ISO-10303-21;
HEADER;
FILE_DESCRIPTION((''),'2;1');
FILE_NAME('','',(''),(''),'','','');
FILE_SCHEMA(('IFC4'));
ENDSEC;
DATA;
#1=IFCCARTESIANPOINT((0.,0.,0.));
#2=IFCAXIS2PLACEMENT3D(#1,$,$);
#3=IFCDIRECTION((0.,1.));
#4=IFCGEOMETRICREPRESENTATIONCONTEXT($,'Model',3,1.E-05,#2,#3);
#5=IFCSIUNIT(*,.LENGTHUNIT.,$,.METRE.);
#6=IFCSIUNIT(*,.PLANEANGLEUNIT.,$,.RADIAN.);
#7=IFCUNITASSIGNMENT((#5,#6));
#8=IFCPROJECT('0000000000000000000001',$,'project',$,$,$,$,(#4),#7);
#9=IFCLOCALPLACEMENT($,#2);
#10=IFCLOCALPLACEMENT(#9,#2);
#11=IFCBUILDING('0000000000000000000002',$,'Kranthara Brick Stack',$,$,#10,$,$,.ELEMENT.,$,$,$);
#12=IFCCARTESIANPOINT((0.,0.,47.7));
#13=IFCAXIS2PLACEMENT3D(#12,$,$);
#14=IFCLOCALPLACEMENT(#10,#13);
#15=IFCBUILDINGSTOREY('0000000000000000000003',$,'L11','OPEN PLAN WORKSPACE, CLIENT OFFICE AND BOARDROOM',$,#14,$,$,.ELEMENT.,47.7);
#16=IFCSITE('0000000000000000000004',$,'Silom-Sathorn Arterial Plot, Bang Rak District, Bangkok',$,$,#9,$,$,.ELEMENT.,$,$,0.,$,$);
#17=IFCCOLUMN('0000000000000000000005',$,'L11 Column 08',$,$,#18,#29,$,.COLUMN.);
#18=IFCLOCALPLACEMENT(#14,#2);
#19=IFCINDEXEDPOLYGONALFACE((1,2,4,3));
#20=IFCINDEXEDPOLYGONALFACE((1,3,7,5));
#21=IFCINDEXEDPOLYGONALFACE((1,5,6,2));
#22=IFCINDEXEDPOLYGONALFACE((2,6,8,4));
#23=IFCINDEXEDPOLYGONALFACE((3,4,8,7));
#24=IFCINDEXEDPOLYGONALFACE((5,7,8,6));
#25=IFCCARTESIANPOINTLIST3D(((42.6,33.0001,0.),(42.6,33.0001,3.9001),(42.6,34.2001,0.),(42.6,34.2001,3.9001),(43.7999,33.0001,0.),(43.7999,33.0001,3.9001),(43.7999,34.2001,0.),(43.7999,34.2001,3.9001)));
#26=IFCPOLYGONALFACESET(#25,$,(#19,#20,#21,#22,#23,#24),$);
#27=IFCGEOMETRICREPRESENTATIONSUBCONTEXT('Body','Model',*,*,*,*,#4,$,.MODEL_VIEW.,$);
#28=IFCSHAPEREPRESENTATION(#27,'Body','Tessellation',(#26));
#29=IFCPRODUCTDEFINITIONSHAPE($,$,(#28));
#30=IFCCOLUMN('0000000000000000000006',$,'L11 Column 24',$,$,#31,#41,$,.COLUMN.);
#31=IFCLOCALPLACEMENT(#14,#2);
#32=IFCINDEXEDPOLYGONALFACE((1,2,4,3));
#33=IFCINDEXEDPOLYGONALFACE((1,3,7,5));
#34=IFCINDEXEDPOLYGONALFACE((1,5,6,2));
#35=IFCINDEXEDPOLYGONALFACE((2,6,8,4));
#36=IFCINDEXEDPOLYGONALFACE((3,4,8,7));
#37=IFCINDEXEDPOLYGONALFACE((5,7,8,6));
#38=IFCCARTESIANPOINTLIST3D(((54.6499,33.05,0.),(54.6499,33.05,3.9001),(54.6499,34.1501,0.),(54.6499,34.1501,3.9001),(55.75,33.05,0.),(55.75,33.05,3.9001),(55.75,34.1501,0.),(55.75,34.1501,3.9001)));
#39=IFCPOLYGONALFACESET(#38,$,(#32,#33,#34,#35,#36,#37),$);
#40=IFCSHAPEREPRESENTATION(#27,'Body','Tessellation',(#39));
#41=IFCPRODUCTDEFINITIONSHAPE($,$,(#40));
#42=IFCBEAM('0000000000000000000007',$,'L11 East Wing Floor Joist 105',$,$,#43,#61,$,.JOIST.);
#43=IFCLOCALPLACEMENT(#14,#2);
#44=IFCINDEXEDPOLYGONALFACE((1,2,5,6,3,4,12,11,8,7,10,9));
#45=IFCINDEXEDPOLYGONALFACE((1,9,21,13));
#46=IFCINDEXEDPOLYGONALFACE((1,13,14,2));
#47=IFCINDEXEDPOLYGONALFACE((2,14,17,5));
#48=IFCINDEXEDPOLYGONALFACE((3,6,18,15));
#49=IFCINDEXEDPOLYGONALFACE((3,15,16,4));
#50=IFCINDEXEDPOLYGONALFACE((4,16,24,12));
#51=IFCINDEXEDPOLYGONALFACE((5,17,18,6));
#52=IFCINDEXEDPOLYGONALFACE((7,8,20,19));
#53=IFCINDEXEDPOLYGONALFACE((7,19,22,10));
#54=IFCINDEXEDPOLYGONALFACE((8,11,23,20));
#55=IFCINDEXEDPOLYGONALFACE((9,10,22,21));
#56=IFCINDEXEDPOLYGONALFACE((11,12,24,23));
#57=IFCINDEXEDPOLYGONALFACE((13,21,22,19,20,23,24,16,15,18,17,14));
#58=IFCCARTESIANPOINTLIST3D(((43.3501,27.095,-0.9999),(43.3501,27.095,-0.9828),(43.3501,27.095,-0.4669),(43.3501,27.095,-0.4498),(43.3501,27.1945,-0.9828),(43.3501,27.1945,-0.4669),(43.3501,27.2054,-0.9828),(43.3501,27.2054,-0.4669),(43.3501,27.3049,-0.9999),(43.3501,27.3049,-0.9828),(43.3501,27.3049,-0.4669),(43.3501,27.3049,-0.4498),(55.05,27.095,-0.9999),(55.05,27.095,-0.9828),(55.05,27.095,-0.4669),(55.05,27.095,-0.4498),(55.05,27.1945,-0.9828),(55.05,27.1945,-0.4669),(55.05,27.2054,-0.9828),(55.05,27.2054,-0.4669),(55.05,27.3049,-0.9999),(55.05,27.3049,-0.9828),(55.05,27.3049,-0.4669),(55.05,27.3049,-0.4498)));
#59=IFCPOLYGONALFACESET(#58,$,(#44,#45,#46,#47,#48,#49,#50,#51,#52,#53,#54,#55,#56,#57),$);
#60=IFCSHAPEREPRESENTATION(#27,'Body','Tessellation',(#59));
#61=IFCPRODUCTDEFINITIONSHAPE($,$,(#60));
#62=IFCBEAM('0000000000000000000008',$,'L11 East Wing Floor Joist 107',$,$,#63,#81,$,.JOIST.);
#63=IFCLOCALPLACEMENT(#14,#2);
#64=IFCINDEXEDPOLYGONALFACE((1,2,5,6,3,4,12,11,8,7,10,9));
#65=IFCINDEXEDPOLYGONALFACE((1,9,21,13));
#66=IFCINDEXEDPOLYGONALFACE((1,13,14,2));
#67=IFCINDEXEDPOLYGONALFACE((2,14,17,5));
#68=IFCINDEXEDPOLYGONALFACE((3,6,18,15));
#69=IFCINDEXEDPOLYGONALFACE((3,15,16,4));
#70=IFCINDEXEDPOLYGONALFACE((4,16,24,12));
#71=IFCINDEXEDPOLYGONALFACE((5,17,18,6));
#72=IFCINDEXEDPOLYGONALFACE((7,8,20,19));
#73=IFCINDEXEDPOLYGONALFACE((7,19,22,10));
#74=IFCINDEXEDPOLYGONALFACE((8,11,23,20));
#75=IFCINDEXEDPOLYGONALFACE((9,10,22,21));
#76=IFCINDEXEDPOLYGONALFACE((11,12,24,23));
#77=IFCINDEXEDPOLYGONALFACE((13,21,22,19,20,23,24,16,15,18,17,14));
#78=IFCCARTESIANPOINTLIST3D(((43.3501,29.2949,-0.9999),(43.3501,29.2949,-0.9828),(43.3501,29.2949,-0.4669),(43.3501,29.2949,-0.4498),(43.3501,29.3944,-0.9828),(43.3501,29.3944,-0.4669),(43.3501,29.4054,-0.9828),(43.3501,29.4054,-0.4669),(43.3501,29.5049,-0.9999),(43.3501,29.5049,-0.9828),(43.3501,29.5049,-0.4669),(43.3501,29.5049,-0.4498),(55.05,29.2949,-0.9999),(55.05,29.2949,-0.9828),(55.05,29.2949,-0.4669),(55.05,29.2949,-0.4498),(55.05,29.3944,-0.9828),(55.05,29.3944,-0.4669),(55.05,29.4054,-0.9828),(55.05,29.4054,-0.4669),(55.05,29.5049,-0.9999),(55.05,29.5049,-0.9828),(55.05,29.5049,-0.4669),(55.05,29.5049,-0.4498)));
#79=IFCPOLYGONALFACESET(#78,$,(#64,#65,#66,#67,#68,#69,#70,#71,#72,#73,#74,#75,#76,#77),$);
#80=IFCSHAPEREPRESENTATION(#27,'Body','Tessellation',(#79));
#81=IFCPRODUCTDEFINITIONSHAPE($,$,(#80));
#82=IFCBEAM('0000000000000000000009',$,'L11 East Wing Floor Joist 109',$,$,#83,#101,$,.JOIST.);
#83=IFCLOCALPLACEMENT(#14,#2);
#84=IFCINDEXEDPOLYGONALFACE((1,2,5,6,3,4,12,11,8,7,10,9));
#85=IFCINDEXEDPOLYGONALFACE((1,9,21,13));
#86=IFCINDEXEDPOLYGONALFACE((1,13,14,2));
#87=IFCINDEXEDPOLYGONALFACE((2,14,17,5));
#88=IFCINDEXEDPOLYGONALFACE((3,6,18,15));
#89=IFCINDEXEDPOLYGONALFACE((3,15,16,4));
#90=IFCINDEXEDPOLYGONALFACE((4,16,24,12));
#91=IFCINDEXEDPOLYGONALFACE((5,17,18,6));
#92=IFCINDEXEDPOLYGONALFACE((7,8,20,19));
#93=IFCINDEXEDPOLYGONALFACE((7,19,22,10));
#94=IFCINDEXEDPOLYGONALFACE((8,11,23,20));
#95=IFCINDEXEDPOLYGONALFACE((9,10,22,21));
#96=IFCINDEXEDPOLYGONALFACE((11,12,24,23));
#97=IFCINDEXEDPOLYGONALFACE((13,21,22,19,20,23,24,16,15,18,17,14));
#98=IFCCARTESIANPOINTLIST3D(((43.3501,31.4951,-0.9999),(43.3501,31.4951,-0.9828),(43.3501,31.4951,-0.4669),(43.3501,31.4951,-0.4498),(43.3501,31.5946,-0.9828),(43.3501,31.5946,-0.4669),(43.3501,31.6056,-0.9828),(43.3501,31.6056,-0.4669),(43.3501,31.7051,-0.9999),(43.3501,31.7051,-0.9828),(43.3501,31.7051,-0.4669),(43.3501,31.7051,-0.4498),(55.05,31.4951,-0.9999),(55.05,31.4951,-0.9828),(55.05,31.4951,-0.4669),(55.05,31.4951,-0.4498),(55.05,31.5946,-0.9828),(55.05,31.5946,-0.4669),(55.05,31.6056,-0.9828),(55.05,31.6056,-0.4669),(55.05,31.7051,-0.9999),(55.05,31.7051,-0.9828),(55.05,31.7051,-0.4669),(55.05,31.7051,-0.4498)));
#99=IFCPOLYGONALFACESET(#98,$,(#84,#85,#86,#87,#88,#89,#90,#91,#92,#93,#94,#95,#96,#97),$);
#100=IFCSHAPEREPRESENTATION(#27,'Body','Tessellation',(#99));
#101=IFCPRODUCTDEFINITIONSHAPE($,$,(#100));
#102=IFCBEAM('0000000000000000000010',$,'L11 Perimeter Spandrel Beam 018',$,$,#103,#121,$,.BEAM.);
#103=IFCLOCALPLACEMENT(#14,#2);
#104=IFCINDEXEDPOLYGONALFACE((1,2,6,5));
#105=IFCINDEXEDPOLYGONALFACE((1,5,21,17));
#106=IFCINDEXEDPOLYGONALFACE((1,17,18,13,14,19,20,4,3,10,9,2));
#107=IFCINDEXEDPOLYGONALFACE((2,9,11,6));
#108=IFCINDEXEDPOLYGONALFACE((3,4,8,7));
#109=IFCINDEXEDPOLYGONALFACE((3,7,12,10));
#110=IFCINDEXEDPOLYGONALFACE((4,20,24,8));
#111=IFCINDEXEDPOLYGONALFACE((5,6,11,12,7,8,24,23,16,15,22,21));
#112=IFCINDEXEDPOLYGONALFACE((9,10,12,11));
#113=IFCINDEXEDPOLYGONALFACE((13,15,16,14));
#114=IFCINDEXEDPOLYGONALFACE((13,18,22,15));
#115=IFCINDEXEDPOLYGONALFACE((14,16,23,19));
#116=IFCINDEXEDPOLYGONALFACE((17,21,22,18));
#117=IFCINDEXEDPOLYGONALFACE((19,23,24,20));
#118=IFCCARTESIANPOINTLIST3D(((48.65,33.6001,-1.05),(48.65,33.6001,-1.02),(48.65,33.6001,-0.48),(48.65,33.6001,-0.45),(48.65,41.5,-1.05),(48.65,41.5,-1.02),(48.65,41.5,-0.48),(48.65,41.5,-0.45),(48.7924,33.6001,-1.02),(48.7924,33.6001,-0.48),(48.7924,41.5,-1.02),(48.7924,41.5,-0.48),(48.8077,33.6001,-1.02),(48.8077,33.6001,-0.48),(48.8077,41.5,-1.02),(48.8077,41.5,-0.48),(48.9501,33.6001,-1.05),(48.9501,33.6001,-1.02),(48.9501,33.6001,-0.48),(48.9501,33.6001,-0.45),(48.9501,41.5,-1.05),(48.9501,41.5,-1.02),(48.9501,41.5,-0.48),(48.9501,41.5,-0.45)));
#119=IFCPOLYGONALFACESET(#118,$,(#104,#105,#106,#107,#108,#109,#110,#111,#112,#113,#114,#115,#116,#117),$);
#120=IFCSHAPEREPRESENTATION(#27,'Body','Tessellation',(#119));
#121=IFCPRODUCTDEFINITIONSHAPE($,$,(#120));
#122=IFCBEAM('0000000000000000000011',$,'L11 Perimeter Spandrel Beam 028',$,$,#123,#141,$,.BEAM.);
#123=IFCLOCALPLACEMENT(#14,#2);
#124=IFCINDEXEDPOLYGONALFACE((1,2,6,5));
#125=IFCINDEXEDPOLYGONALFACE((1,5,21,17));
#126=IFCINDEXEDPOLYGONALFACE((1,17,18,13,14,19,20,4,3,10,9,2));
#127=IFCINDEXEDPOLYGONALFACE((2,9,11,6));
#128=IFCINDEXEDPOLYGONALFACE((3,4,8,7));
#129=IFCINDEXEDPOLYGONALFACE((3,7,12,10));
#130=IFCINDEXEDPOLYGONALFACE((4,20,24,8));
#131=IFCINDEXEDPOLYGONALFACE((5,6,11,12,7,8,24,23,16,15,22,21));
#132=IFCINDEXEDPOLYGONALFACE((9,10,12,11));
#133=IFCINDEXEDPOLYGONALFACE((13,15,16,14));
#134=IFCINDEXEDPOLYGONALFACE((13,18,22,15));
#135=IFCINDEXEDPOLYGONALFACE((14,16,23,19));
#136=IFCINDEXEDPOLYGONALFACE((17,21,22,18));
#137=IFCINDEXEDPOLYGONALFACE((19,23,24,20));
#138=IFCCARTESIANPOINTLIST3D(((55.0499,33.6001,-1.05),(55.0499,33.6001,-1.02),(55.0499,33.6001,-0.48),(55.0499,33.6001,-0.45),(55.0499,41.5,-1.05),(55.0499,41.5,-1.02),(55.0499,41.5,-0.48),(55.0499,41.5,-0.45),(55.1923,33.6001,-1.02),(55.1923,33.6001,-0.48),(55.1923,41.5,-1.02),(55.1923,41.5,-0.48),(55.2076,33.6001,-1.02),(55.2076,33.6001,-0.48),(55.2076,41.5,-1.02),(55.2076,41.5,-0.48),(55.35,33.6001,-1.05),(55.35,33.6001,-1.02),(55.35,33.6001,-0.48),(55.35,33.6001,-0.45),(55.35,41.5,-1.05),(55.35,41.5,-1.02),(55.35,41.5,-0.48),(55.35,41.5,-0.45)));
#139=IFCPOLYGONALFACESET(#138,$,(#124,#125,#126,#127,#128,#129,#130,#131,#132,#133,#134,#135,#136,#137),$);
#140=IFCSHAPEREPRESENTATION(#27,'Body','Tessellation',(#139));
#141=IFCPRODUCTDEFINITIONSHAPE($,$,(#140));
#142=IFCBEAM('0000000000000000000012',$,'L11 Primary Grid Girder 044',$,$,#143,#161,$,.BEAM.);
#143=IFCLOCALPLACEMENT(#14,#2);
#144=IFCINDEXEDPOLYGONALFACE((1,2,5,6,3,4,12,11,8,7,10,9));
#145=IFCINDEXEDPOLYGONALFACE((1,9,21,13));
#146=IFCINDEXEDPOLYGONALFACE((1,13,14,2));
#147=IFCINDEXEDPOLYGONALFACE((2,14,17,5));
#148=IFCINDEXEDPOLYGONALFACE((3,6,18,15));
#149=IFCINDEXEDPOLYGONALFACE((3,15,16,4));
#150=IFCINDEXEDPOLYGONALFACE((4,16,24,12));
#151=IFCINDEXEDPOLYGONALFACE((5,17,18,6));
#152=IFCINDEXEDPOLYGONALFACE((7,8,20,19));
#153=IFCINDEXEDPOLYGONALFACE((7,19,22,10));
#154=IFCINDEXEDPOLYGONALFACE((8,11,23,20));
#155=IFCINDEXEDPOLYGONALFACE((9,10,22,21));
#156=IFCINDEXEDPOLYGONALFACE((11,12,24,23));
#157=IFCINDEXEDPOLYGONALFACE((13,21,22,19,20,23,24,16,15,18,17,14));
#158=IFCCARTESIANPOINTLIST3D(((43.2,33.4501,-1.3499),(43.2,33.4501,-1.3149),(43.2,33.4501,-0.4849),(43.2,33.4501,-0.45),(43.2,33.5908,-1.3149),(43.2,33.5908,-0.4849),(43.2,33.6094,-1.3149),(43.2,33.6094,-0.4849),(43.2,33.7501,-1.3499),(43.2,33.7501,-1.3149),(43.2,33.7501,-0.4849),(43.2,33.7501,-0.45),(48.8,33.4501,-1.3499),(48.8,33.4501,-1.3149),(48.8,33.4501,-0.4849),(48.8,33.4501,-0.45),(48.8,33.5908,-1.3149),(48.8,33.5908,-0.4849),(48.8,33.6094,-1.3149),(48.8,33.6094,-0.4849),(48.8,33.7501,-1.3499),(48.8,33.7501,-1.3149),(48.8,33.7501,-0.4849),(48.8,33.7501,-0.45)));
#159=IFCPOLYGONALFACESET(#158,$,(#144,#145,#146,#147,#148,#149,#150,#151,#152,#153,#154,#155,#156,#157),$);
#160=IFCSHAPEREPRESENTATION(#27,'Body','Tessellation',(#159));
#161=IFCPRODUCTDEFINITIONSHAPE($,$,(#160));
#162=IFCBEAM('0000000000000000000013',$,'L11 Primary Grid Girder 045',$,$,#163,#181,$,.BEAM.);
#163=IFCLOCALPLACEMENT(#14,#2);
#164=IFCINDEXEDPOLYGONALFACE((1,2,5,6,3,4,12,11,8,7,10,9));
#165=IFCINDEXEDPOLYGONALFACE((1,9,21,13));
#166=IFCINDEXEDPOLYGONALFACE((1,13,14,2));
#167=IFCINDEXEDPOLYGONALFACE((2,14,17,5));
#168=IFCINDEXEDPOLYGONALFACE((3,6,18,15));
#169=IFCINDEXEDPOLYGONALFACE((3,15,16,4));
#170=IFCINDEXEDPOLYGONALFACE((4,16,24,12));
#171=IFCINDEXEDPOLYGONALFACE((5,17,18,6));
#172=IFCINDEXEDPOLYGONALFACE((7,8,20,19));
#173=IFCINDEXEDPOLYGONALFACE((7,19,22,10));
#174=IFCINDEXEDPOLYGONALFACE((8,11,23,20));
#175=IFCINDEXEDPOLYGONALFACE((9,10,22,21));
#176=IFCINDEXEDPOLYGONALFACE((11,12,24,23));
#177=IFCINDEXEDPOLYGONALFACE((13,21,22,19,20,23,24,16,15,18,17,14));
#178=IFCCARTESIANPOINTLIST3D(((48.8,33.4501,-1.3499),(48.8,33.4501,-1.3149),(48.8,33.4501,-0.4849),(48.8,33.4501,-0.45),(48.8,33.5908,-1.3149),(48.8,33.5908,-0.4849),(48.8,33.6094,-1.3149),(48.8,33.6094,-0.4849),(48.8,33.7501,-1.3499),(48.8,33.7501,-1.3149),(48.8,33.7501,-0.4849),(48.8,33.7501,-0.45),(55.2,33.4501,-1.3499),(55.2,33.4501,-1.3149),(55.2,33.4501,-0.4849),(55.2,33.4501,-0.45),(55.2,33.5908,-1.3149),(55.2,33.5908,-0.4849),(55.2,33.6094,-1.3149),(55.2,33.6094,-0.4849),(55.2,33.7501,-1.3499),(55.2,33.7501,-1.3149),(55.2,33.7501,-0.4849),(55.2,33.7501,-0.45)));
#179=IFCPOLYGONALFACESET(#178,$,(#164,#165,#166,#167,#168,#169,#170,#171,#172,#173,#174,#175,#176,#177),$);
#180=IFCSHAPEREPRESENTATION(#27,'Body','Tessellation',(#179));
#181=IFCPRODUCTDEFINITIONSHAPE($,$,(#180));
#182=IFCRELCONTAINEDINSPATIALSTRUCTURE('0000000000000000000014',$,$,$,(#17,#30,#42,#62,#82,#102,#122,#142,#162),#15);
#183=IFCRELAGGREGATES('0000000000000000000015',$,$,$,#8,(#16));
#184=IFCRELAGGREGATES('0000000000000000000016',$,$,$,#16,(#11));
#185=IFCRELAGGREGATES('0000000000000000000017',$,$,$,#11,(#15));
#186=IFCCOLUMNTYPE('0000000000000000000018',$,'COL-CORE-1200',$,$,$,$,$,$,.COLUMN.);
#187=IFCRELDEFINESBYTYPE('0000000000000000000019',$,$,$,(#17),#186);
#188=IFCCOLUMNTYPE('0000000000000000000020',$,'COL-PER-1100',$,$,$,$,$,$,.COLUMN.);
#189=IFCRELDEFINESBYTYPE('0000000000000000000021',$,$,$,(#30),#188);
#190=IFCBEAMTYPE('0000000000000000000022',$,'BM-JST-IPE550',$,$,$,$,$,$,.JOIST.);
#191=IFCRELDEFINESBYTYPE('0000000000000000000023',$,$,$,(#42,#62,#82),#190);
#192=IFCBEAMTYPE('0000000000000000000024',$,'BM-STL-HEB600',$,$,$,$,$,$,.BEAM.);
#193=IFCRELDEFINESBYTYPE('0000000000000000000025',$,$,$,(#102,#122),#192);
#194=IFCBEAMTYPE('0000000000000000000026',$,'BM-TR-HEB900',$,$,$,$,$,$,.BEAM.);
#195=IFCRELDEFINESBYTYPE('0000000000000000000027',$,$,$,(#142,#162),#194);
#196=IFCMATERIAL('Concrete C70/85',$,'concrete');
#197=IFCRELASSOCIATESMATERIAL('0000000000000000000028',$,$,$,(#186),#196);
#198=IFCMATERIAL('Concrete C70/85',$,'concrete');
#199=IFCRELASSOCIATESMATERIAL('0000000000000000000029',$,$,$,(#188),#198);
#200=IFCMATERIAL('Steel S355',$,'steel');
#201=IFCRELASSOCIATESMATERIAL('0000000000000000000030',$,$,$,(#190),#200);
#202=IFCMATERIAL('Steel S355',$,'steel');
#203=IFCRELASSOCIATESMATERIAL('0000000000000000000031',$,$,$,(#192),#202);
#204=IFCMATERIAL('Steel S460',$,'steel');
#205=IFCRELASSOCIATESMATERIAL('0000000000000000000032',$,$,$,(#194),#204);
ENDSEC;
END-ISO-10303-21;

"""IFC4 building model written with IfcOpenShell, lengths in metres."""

from ifc_helpers import new_model, si_unit, direction, frame, origin, origin_2d, place, context, subcontext, project, spatial, rectangle, i_section, extrude, material, material_profile, profile_set, type_object, element, save


model = new_model("IFC4")

# Units and contexts
model_context = context("Model", 3, precision=1e-05, world=origin(), true_north=direction((0.0, 1.0)))
body_context = subcontext(model_context, "Body", "Model", "MODEL_VIEW")
ifc_project = project(units=[si_unit("LENGTHUNIT", "METRE"), si_unit("PLANEANGLEUNIT", "RADIAN")], contexts=[model_context])

# Site, building, storey
site_placement = place(None, origin())
site = spatial("IfcSite", under=ifc_project, at=site_placement, Name="Silom-Sathorn Arterial Plot, Bang Rak District, Bangkok", CompositionType="ELEMENT", RefElevation=0.0)
building_placement = place(site_placement, origin())
building = spatial("IfcBuilding", under=site, at=building_placement, Name="Kranthara Brick Stack", CompositionType="ELEMENT")
storey_placement = place(building_placement, frame((0.0, 0.0, 47.7)))
storey = spatial("IfcBuildingStorey", under=building, at=storey_placement, Name="L11", Description="OPEN PLAN WORKSPACE, CLIENT OFFICE AND BOARDROOM", CompositionType="ELEMENT", Elevation=47.7)

# Columns
ifc_material_1 = material(Name="Concrete C70/85", Category="concrete")
ifc_material_profile_1 = material_profile(ifc_material_1, rectangle(XDim=1.2, YDim=1.2, at=origin_2d()), Name="RC 1200x1200")
ifc_profile_set_1 = profile_set([ifc_material_profile_1], Name="Concrete C70/85")
column_type_1 = type_object("IfcColumnType", Name="COL-CORE-1200", PredefinedType="COLUMN", material=ifc_profile_set_1)
column_1_placement = place(storey_placement, frame((43.2, 33.6001, 0.0), z_axis=(0.0, 0.0, 1.0), x_axis=(1.0, 0.0, 0.0)))
element("IfcColumn", 1, at=column_1_placement, inside=storey, type_object=column_type_1, Name="L11 Column 08", PredefinedType="COLUMN", context=body_context, shape_type="SweptSolid", body=[
    extrude(rectangle(XDim=1.2, YDim=1.2, at=origin_2d()), origin(), (0.0, 0.0, 1.0), 3.9001),
])
ifc_material_2 = material(Name="Concrete C70/85", Category="concrete")
ifc_material_profile_2 = material_profile(ifc_material_2, rectangle(XDim=1.1001, YDim=1.1001, at=origin_2d()), Name="RC 1100x1100")
ifc_profile_set_2 = profile_set([ifc_material_profile_2], Name="Concrete C70/85")
column_type_2 = type_object("IfcColumnType", Name="COL-PER-1100", PredefinedType="COLUMN", material=ifc_profile_set_2)
column_2_placement = place(storey_placement, frame((55.2, 33.6001, 0.0), z_axis=(0.0, 0.0, 1.0), x_axis=(1.0, 0.0, 0.0)))
element("IfcColumn", 2, at=column_2_placement, inside=storey, type_object=column_type_2, Name="L11 Column 24", PredefinedType="COLUMN", context=body_context, shape_type="SweptSolid", body=[
    extrude(rectangle(XDim=1.1001, YDim=1.1001, at=origin_2d()), origin(), (0.0, 0.0, 1.0), 3.9001),
])

# Beams
ifc_material_3 = material(Name="Steel S355", Category="steel")
ifc_material_profile_3 = material_profile(ifc_material_3, i_section(OverallWidth=0.21, OverallDepth=0.55, WebThickness=0.011, FlangeThickness=0.0171, at=origin_2d()), Name="IPE 550")
ifc_profile_set_3 = profile_set([ifc_material_profile_3], Name="Steel S355")
beam_type_1 = type_object("IfcBeamType", Name="BM-JST-IPE550", PredefinedType="JOIST", material=ifc_profile_set_3)
for number, where, z_axis, x_axis, name in (
    (3, (43.3501, 27.2, -0.7249), (1.0, 0.0, 0.0), (0.0, 1.0, 0.0), "L11 East Wing Floor Joist 105"),
    (4, (43.3501, 29.3999, -0.7249), (1.0, 0.0, 0.0), (0.0, 1.0, 0.0), "L11 East Wing Floor Joist 107"),
    (5, (43.3501, 31.6001, -0.7249), (1.0, 0.0, 0.0), (0.0, 1.0, 0.0), "L11 East Wing Floor Joist 109"),
):
    element("IfcBeam", number, at=place(storey_placement, frame(where, z_axis=z_axis, x_axis=x_axis)), inside=storey, type_object=beam_type_1, Name=name, PredefinedType="JOIST", context=body_context, shape_type="SweptSolid", body=[
        extrude(i_section(OverallWidth=0.21, OverallDepth=0.55, WebThickness=0.011, FlangeThickness=0.0171, at=origin_2d()), origin(), (0.0, 0.0, 1.0), 11.7),
    ])
ifc_material_4 = material(Name="Steel S355", Category="steel")
ifc_material_profile_4 = material_profile(ifc_material_4, i_section(OverallWidth=0.3, OverallDepth=0.6001, WebThickness=0.0154, FlangeThickness=0.03, at=origin_2d()), Name="HEB 600")
ifc_profile_set_4 = profile_set([ifc_material_profile_4], Name="Steel S355")
beam_type_2 = type_object("IfcBeamType", Name="BM-STL-HEB600", PredefinedType="BEAM", material=ifc_profile_set_4)
for number, where, z_axis, x_axis, name in (
    (6, (48.8, 33.6001, -0.75), (0.0, 1.0, 0.0), (-1.0, 0.0, 0.0), "L11 Perimeter Spandrel Beam 018"),
    (7, (55.2, 33.6001, -0.75), (0.0, 1.0, 0.0), (-1.0, 0.0, 0.0), "L11 Perimeter Spandrel Beam 028"),
):
    element("IfcBeam", number, at=place(storey_placement, frame(where, z_axis=z_axis, x_axis=x_axis)), inside=storey, type_object=beam_type_2, Name=name, PredefinedType="BEAM", context=body_context, shape_type="SweptSolid", body=[
        extrude(i_section(OverallWidth=0.3, OverallDepth=0.6001, WebThickness=0.0154, FlangeThickness=0.03, at=origin_2d()), origin(), (0.0, 0.0, 1.0), 7.8999),
    ])
ifc_material_5 = material(Name="Steel S460", Category="steel")
ifc_material_profile_5 = material_profile(ifc_material_5, i_section(OverallWidth=0.3, OverallDepth=0.8999, WebThickness=0.0186, FlangeThickness=0.0349, at=origin_2d()), Name="HEB 900")
ifc_profile_set_5 = profile_set([ifc_material_profile_5], Name="Steel S460")
beam_type_3 = type_object("IfcBeamType", Name="BM-TR-HEB900", PredefinedType="BEAM", material=ifc_profile_set_5)
beam_1_placement = place(storey_placement, frame((43.2, 33.6001, -0.8999), z_axis=(1.0, 0.0, 0.0), x_axis=(0.0, 1.0, 0.0)))
element("IfcBeam", 8, at=beam_1_placement, inside=storey, type_object=beam_type_3, Name="L11 Primary Grid Girder 044", PredefinedType="BEAM", context=body_context, shape_type="SweptSolid", body=[
    extrude(i_section(OverallWidth=0.3, OverallDepth=0.8999, WebThickness=0.0186, FlangeThickness=0.0349, at=origin_2d()), origin(), (0.0, 0.0, 1.0), 5.6001),
])
beam_2_placement = place(storey_placement, frame((48.8, 33.6001, -0.8999), z_axis=(1.0, 0.0, 0.0), x_axis=(0.0, 1.0, 0.0)))
element("IfcBeam", 9, at=beam_2_placement, inside=storey, type_object=beam_type_3, Name="L11 Primary Grid Girder 045", PredefinedType="BEAM", context=body_context, shape_type="SweptSolid", body=[
    extrude(i_section(OverallWidth=0.3, OverallDepth=0.8999, WebThickness=0.0186, FlangeThickness=0.0349, at=origin_2d()), origin(), (0.0, 0.0, 1.0), 6.3999),
])

save(model, "model.ifc")
